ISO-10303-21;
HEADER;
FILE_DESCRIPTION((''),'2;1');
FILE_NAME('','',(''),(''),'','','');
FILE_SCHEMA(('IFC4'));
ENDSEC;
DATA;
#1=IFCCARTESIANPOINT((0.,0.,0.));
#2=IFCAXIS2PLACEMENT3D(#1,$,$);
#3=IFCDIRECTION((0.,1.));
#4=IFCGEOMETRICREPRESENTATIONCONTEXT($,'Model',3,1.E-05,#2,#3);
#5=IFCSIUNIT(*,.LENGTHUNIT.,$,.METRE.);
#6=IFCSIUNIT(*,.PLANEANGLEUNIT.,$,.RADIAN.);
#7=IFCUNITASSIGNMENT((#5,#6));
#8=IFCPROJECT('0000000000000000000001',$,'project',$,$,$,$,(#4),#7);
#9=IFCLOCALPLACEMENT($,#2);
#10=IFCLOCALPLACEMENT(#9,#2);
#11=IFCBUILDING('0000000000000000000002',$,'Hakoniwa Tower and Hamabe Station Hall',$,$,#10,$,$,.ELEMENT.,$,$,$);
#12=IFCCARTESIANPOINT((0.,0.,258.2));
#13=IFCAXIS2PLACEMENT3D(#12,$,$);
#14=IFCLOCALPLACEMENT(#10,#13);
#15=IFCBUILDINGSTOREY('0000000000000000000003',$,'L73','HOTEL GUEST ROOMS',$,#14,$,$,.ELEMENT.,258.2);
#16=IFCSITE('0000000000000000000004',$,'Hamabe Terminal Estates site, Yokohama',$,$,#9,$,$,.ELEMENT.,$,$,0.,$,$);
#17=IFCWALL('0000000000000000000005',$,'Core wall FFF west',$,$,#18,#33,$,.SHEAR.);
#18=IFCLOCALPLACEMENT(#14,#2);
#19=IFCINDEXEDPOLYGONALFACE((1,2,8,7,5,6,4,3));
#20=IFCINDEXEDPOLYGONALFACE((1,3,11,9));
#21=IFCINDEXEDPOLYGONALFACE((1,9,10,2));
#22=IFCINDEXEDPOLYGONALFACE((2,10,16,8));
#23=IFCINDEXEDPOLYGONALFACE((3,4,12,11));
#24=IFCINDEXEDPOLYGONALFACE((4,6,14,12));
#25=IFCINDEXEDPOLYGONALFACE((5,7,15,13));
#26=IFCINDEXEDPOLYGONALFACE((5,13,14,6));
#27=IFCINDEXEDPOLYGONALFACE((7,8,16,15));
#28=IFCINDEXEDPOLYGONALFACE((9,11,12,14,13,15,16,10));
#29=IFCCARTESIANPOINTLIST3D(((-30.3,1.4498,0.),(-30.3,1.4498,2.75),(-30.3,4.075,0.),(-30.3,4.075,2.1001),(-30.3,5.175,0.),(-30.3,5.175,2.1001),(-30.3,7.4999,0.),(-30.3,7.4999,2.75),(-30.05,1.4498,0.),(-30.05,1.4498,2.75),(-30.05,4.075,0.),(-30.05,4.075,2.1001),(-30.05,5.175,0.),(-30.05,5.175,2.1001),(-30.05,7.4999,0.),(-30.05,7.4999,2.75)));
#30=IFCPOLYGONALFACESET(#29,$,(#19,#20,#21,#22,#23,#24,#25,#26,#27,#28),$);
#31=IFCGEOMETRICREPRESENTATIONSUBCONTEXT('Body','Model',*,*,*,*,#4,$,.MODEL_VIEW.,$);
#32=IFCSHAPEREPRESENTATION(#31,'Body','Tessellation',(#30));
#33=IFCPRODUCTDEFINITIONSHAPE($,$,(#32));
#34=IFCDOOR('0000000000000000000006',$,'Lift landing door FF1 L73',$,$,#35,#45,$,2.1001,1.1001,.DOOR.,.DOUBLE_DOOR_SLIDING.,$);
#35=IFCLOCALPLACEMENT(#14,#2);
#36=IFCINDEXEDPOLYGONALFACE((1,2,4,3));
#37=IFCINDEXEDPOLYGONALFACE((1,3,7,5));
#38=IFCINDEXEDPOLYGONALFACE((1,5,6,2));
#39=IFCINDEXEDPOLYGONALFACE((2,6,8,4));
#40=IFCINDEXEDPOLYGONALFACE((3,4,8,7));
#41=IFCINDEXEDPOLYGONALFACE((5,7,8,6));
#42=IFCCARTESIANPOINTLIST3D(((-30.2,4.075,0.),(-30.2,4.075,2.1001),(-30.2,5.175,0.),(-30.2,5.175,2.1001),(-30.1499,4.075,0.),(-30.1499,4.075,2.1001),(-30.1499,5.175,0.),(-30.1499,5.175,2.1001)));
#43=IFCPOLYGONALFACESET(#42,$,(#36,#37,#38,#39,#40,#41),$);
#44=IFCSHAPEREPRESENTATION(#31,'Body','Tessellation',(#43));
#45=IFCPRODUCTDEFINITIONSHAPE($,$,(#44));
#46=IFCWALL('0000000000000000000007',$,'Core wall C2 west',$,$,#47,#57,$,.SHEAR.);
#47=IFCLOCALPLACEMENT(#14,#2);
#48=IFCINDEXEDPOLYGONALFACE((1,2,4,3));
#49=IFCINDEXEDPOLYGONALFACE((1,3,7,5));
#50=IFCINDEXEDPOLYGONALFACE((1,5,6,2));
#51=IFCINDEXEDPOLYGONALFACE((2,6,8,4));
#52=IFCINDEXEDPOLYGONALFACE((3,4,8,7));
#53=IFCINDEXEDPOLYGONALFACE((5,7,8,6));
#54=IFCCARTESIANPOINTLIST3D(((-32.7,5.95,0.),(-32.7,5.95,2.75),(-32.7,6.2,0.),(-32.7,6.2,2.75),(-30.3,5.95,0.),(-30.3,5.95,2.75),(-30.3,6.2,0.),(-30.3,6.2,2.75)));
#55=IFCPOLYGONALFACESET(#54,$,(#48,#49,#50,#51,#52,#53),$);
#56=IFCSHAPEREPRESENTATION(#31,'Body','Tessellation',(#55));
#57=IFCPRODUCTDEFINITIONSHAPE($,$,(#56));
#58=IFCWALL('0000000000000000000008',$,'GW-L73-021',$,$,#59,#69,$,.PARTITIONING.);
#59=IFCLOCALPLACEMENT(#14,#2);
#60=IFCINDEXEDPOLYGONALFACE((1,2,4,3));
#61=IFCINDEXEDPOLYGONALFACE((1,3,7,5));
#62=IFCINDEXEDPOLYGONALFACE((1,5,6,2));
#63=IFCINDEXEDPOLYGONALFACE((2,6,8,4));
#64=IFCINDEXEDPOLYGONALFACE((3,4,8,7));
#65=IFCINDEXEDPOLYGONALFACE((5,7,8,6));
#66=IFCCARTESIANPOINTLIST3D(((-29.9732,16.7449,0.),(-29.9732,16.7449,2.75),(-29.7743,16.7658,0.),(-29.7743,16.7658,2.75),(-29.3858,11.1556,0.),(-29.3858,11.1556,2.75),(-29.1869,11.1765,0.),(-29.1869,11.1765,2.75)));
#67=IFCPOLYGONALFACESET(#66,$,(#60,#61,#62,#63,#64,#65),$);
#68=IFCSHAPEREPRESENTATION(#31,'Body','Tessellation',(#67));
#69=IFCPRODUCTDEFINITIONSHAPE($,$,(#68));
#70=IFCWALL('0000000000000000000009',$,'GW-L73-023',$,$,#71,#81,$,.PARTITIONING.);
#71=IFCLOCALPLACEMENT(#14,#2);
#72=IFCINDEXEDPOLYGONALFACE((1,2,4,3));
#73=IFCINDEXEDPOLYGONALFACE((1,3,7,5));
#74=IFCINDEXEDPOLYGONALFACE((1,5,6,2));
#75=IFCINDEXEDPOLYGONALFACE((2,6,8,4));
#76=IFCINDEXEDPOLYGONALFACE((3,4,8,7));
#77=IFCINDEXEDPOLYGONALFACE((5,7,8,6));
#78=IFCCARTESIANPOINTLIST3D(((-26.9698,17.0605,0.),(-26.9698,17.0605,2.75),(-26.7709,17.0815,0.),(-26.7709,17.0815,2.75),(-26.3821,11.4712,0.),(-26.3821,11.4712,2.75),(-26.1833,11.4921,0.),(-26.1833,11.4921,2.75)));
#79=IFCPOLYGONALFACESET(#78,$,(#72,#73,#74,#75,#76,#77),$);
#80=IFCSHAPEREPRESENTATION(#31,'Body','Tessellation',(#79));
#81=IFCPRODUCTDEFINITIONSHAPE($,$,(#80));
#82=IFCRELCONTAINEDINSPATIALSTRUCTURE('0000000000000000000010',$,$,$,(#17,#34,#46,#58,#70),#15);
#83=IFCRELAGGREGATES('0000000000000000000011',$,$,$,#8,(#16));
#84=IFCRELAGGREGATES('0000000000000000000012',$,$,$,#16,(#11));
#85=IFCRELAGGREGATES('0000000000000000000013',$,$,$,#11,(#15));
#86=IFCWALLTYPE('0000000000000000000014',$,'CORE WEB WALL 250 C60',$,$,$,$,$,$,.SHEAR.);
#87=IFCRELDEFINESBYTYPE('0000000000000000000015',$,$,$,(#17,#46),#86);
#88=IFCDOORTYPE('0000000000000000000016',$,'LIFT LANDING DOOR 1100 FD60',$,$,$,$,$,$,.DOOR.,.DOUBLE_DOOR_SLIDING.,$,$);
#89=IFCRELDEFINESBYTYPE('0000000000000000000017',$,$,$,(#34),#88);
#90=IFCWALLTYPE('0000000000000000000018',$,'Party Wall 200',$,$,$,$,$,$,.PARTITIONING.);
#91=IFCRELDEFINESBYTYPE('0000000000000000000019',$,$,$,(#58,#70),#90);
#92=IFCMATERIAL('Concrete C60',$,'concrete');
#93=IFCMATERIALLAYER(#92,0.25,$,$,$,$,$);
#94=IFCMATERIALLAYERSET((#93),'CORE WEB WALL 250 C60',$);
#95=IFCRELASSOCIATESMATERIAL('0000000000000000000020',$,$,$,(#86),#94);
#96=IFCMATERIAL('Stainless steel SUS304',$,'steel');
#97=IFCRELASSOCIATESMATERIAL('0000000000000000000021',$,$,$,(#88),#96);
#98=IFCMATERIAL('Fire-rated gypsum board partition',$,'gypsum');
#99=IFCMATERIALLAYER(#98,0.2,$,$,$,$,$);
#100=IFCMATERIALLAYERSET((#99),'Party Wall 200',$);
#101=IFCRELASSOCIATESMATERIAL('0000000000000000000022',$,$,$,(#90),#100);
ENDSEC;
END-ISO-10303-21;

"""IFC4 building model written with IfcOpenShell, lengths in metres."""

from ifc_helpers import new_model, si_unit, direction, frame, frame_2d, origin, place, context, subcontext, project, spatial, rectangle, extrude, material, layer, layer_set, type_object, element, fill, save


model = new_model("IFC4")

# Units and contexts
model_context = context("Model", 3, precision=1e-05, world=origin(), true_north=direction((0.0, 1.0)))
body_context = subcontext(model_context, "Body", "Model", "MODEL_VIEW")
ifc_project = project(units=[si_unit("LENGTHUNIT", "METRE"), si_unit("PLANEANGLEUNIT", "RADIAN")], contexts=[model_context])

# Site, building, storey
site_placement = place(None, origin())
site = spatial("IfcSite", under=ifc_project, at=site_placement, Name="Hamabe Terminal Estates site, Yokohama", CompositionType="ELEMENT", RefElevation=0.0)
building_placement = place(site_placement, origin())
building = spatial("IfcBuilding", under=site, at=building_placement, Name="Hakoniwa Tower and Hamabe Station Hall", CompositionType="ELEMENT")
storey_placement = place(building_placement, frame((0.0, 0.0, 258.2)))
storey = spatial("IfcBuildingStorey", under=building, at=storey_placement, Name="L73", Description="HOTEL GUEST ROOMS", CompositionType="ELEMENT", Elevation=258.2)

# Shared definitions
ifc_material_1 = material(Name="Concrete C60", Category="concrete")
ifc_layer_1 = layer(ifc_material_1, 0.25)
ifc_layer_set_1 = layer_set([ifc_layer_1], Name="CORE WEB WALL 250 C60")
wall_type_1 = type_object("IfcWallType", Name="CORE WEB WALL 250 C60", PredefinedType="SHEAR", material=ifc_layer_set_1)

# Wall, opening, door
wall_1_placement = place(storey_placement, frame((-30.175, 1.45, 0.0), z_axis=(0.0, 0.0, 1.0), x_axis=(0.0, 1.0, 0.0)))
wall_1 = element("IfcWall", 1, at=wall_1_placement, inside=storey, type_object=wall_type_1, Name="Core wall FFF west", PredefinedType="SHEAR", context=body_context, shape_type="SweptSolid", body=[
    extrude(rectangle(XDim=6.05, YDim=0.25, at=frame_2d((3.0249, 0.0))), origin(), (0.0, 0.0, 1.0), 2.75),
])
opening_1_placement = place(wall_1_placement, frame((2.625, 0.0, 0.0)))
opening_1 = element("IfcOpeningElement", 2, at=opening_1_placement, cuts=wall_1, PredefinedType="OPENING", context=body_context, shape_type="SweptSolid", body=[
    extrude(rectangle(XDim=1.1001, YDim=2.1001, at=frame_2d((0.55, 1.05))), frame((0.0, 0.135, 0.0), z_axis=(0.0, -1.0, 0.0), x_axis=(1.0, 0.0, 0.0)), (0.0, 0.0, 1.0), 0.27),
])
ifc_material_2 = material(Name="Stainless steel SUS304", Category="steel")
door_type_1 = type_object("IfcDoorType", Name="LIFT LANDING DOOR 1100 FD60", OperationType="DOUBLE_DOOR_SLIDING", PredefinedType="DOOR", material=ifc_material_2)
door_1_placement = place(opening_1_placement, origin())
door_1 = element("IfcDoor", 3, at=door_1_placement, inside=storey, type_object=door_type_1, Name="Lift landing door FF1 L73", OperationType="DOUBLE_DOOR_SLIDING", OverallHeight=2.1001, OverallWidth=1.1001, PredefinedType="DOOR", context=body_context, shape_type="SweptSolid", body=[
    extrude(rectangle(XDim=1.1001, YDim=2.1001, at=frame_2d((0.55, 1.05))), frame((0.0, 0.0249, 0.0), z_axis=(0.0, -1.0, 0.0), x_axis=(1.0, 0.0, 0.0)), (0.0, 0.0, 1.0), 0.05),
])
fill(opening_1, door_1)

# Walls
wall_2_placement = place(storey_placement, frame((-32.7, 6.075, 0.0), z_axis=(0.0, 0.0, 1.0), x_axis=(1.0, 0.0, 0.0)))
element("IfcWall", 4, at=wall_2_placement, inside=storey, type_object=wall_type_1, Name="Core wall C2 west", PredefinedType="SHEAR", context=body_context, shape_type="SweptSolid", body=[
    extrude(rectangle(XDim=2.3999, YDim=0.25, at=frame_2d((1.2, 0.0))), origin(), (0.0, 0.0, 1.0), 2.75),
])
ifc_material_3 = material(Name="Fire-rated gypsum board partition", Category="gypsum")
ifc_layer_2 = layer(ifc_material_3, 0.2)
ifc_layer_set_2 = layer_set([ifc_layer_2], Name="Party Wall 200")
wall_type_2 = type_object("IfcWallType", Name="Party Wall 200", PredefinedType="PARTITIONING", material=ifc_layer_set_2)
for number, where, z_axis, x_axis, name in (
    (5, (-29.2864, 11.166, 0.0), (0.0, 0.0, 1.0), (-0.104517, 0.994523, 0.0), "GW-L73-021"),
    (6, (-26.2827, 11.4817, 0.0), (0.0, 0.0, 1.0), (-0.10456, 0.994519, 0.0), "GW-L73-023"),
):
    element("IfcWall", number, at=place(storey_placement, frame(where, z_axis=z_axis, x_axis=x_axis)), inside=storey, type_object=wall_type_2, Name=name, PredefinedType="PARTITIONING", context=body_context, shape_type="SweptSolid", body=[
        extrude(rectangle(XDim=5.6201, YDim=0.2, at=frame_2d((2.8101, 0.0))), origin(), (0.0, 0.0, 1.0), 2.75),
    ])

save(model, "model.ifc")
